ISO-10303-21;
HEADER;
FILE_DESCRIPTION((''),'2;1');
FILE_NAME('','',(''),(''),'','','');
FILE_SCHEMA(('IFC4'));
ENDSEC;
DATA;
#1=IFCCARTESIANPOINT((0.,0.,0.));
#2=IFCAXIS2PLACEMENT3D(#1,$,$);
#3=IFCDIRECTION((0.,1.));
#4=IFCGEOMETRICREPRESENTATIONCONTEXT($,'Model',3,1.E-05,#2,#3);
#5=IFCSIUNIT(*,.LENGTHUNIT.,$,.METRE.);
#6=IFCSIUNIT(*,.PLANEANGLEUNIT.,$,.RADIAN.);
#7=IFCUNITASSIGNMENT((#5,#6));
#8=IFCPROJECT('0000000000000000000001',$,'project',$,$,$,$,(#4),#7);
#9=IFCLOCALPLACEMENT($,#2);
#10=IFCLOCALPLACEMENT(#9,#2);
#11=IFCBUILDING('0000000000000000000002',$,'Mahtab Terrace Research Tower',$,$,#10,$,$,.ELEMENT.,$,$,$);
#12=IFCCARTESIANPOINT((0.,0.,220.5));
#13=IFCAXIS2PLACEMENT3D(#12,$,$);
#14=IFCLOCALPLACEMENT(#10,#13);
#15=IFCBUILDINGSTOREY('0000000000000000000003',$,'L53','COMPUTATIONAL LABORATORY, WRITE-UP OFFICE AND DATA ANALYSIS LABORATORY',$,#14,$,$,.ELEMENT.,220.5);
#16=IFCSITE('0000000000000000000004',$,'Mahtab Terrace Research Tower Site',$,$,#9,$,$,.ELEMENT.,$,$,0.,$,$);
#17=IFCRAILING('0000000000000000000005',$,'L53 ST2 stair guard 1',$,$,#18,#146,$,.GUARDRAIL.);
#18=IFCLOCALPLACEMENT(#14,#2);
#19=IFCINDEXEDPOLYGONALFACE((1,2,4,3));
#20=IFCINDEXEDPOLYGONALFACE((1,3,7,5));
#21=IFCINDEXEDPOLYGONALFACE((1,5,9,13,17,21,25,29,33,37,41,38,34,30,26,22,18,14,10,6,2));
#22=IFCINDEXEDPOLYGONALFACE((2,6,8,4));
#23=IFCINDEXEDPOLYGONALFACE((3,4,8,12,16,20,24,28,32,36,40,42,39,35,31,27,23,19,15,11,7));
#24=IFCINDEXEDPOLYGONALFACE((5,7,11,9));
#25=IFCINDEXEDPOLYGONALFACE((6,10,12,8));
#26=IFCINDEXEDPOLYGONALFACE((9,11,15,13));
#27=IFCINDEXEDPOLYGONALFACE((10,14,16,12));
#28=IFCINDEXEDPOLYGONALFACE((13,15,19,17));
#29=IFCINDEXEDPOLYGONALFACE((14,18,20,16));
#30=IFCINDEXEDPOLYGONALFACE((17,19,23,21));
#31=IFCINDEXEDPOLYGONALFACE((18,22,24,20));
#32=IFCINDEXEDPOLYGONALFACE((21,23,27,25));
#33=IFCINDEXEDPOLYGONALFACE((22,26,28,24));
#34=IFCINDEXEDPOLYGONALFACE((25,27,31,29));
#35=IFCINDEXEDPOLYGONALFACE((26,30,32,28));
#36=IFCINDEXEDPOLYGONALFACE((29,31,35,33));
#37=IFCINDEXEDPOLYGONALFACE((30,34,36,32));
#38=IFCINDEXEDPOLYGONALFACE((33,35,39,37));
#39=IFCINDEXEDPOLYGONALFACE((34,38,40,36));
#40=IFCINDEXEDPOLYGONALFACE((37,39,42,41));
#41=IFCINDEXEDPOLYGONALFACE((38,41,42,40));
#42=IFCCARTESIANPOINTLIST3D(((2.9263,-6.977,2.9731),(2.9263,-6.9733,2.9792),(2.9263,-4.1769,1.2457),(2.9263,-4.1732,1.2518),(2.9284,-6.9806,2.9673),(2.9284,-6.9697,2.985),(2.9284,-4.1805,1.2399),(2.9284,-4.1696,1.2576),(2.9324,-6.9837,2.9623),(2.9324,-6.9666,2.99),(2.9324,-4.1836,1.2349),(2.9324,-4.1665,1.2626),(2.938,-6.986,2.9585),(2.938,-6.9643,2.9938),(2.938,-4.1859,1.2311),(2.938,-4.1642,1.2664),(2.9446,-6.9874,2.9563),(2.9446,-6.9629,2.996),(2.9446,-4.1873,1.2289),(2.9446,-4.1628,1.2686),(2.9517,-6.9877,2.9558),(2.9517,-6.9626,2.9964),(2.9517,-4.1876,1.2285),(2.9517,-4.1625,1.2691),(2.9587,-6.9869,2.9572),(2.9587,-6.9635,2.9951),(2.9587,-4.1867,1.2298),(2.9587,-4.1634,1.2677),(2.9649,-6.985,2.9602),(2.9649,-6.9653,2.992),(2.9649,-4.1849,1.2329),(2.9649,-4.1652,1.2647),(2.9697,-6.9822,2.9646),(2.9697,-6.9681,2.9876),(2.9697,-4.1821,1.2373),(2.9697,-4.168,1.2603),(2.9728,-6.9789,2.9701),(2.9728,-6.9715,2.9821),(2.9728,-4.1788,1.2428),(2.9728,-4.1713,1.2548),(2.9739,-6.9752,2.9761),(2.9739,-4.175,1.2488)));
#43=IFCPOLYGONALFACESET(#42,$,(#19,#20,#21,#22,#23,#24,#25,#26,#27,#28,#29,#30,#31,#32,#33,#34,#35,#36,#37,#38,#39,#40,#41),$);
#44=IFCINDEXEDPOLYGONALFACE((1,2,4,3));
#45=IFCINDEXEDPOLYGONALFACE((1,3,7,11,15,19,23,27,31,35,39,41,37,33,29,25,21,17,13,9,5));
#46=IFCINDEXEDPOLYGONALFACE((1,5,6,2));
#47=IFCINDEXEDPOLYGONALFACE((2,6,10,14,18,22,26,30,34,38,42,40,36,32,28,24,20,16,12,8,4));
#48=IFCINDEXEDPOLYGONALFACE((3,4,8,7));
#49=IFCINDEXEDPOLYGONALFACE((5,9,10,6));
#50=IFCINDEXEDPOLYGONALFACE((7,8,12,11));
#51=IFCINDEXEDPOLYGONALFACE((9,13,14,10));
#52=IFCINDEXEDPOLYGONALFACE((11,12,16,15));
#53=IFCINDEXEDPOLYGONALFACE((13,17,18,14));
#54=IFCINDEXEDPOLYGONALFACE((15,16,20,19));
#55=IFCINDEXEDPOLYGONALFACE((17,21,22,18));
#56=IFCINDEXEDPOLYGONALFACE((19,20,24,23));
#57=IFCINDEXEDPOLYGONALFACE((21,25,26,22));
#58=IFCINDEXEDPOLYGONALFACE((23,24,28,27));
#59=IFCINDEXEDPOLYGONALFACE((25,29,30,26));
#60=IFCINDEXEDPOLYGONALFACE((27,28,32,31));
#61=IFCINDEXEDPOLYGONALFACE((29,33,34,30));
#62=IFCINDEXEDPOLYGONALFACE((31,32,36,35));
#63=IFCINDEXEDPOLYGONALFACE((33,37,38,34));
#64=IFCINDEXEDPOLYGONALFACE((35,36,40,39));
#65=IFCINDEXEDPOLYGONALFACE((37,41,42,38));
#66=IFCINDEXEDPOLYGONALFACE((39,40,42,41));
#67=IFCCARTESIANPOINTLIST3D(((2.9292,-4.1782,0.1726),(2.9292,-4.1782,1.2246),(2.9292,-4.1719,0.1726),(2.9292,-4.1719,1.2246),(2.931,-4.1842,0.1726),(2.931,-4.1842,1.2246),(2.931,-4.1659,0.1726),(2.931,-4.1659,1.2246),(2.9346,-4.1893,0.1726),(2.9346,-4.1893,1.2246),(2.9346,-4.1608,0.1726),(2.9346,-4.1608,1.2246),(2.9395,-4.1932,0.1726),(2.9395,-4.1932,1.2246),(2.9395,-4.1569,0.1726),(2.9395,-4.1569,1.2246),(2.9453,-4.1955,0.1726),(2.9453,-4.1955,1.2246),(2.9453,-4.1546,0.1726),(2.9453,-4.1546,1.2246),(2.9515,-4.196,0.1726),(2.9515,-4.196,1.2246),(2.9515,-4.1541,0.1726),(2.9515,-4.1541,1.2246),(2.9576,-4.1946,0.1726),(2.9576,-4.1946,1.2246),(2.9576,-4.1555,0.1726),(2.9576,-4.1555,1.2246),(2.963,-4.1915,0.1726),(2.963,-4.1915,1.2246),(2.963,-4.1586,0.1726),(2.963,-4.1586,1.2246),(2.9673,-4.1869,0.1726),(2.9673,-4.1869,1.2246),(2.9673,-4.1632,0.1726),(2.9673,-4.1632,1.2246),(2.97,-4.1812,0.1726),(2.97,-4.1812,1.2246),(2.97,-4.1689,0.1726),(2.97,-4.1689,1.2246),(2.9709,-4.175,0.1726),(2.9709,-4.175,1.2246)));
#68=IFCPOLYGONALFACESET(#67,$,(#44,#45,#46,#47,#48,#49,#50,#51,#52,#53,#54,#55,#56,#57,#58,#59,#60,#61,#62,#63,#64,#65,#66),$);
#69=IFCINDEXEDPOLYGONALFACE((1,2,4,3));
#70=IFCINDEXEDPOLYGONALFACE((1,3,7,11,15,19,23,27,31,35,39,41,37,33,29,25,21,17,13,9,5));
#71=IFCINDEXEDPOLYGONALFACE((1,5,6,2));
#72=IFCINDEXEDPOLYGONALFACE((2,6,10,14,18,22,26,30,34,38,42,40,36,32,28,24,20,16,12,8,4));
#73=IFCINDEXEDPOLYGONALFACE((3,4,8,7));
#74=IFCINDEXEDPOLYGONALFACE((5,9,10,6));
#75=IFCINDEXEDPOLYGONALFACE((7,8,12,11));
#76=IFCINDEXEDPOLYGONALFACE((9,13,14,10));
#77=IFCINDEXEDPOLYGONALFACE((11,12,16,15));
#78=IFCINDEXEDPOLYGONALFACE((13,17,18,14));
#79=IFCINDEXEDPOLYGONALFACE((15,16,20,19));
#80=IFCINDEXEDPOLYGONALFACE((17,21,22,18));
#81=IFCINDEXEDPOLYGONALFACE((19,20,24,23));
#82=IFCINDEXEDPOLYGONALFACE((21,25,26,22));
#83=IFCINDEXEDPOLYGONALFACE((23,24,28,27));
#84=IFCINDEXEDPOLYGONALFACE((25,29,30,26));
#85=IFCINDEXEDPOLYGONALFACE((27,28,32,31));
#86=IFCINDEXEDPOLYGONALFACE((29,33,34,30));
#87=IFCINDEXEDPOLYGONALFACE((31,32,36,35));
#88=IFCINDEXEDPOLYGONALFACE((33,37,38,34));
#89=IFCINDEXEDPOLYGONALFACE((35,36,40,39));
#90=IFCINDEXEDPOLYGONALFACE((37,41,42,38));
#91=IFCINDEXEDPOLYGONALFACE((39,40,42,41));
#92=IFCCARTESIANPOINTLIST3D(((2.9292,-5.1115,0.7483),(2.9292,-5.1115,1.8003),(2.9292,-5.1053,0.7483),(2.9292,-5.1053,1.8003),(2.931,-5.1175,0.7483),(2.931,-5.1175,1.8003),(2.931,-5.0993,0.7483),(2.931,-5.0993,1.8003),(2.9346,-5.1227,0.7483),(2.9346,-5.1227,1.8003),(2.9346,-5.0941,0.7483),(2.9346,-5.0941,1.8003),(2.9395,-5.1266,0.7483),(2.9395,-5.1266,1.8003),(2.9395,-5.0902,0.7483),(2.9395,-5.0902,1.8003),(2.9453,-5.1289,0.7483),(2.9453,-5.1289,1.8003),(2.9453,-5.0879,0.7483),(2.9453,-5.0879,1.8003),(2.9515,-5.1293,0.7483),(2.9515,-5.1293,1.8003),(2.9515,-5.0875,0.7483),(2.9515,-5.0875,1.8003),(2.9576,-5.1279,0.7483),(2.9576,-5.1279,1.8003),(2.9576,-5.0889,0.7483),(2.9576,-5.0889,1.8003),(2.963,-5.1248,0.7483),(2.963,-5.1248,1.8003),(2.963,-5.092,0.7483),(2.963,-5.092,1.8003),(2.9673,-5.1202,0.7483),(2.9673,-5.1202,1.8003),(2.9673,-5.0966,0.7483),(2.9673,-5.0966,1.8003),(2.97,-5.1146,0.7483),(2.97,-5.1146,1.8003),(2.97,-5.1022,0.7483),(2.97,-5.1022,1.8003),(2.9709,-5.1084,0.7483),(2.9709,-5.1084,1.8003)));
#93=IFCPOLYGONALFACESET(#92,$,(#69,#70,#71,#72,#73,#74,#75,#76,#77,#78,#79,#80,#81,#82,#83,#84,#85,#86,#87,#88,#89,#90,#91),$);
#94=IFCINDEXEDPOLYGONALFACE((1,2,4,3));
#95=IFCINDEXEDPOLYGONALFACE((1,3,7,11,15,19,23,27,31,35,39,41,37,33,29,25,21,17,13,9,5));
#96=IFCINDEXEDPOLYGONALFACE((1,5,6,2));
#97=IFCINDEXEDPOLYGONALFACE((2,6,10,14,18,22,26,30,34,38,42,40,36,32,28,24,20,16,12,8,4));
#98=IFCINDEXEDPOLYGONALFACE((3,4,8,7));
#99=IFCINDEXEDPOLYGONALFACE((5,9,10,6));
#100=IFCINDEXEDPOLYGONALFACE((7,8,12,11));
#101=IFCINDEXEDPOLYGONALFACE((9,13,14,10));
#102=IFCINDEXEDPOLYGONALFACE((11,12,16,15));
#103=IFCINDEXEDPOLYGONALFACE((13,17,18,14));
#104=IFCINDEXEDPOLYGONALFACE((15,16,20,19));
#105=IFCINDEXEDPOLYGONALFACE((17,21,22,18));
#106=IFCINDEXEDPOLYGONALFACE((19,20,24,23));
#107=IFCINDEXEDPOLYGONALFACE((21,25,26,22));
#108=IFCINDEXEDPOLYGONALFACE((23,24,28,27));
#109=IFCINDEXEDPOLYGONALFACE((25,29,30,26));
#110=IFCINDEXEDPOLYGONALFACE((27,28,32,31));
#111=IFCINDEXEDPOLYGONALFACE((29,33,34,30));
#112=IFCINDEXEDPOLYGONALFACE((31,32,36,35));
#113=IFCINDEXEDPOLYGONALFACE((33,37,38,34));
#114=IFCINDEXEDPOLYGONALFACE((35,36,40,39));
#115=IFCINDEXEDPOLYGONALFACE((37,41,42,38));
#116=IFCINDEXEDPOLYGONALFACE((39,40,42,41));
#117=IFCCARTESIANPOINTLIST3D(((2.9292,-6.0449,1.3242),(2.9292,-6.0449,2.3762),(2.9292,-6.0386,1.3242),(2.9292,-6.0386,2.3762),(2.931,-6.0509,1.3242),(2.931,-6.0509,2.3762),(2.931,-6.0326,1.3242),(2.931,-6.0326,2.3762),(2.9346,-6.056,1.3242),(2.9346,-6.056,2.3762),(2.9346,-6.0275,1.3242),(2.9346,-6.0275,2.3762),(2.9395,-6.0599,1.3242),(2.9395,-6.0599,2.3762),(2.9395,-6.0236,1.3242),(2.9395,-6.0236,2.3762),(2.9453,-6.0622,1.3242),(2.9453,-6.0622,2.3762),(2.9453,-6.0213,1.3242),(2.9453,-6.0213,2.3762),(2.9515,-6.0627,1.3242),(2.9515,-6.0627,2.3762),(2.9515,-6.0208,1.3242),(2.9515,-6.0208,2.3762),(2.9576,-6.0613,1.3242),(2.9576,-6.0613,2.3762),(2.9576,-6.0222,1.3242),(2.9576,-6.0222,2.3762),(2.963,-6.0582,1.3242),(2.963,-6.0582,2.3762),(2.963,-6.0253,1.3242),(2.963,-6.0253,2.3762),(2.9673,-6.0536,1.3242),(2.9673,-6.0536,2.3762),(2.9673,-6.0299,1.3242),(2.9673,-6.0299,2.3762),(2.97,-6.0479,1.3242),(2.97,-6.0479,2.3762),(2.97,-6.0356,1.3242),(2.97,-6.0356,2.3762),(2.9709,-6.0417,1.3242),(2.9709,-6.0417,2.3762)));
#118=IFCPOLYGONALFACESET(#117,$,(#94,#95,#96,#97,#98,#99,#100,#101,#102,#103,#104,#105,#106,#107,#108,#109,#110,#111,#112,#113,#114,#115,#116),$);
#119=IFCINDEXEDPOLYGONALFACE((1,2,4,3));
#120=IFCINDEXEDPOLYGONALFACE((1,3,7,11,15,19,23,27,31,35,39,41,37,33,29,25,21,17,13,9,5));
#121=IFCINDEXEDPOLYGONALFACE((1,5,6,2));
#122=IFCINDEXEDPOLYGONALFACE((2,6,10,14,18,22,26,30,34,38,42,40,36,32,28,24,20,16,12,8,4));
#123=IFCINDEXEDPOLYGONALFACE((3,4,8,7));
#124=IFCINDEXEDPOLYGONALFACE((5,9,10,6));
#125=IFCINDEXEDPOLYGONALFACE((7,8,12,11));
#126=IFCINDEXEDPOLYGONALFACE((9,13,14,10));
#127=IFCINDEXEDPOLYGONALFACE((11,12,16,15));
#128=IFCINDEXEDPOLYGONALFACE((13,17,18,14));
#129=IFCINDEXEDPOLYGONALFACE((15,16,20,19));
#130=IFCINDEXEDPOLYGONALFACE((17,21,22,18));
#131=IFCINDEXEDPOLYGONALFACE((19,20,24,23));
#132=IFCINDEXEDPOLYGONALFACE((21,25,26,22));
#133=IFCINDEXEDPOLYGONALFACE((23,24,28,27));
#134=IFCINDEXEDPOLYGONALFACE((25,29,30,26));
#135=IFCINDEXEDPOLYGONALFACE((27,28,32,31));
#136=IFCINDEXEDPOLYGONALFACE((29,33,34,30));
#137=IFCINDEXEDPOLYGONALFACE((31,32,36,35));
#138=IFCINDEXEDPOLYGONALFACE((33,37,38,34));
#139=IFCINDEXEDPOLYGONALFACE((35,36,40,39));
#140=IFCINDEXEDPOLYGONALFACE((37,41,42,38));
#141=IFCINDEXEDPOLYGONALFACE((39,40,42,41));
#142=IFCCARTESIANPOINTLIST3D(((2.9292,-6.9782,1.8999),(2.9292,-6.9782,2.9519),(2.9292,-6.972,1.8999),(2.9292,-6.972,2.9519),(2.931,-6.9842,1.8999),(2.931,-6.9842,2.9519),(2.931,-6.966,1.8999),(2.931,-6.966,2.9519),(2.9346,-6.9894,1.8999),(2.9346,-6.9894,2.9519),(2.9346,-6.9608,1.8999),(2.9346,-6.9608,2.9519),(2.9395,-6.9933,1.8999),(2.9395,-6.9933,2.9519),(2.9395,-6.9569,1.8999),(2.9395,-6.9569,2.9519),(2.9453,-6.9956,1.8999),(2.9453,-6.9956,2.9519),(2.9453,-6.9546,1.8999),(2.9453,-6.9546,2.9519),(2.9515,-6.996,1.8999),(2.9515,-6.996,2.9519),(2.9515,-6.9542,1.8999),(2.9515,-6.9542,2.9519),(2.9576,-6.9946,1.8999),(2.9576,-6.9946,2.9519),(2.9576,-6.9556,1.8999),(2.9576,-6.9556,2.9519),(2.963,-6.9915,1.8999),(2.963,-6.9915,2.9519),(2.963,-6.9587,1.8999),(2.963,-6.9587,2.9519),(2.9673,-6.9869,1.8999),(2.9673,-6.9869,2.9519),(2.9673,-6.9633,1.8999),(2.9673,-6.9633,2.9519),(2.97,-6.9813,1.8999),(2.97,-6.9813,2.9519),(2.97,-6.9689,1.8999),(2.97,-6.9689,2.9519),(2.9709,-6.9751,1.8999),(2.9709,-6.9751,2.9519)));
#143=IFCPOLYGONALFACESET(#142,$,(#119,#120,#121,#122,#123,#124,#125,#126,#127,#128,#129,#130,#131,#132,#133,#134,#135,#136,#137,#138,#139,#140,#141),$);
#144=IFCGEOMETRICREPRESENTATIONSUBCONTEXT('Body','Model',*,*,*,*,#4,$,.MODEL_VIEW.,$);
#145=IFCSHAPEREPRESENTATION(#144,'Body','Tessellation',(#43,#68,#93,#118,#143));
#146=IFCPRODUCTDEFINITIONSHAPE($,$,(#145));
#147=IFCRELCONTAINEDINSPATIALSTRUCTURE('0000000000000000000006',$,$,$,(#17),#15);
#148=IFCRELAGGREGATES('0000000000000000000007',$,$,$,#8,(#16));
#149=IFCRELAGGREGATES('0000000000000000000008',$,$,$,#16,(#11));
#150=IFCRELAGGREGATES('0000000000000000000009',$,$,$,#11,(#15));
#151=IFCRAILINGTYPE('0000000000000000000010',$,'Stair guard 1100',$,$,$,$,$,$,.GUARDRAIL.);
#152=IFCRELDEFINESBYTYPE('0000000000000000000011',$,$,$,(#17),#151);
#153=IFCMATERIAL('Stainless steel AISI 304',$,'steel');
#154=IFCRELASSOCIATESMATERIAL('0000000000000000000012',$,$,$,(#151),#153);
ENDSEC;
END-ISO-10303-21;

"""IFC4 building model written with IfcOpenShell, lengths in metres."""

from ifc_helpers import new_model, si_unit, direction, frame, origin, origin_2d, place, context, subcontext, project, spatial, circle, extrude, material, type_object, element, save


model = new_model("IFC4")

# Units and contexts
model_context = context("Model", 3, precision=1e-05, world=origin(), true_north=direction((0.0, 1.0)))
body_context = subcontext(model_context, "Body", "Model", "MODEL_VIEW")
ifc_project = project(units=[si_unit("LENGTHUNIT", "METRE"), si_unit("PLANEANGLEUNIT", "RADIAN")], contexts=[model_context])

# Site, building, storey
site_placement = place(None, origin())
site = spatial("IfcSite", under=ifc_project, at=site_placement, Name="Mahtab Terrace Research Tower Site", CompositionType="ELEMENT", RefElevation=0.0)
building_placement = place(site_placement, origin())
building = spatial("IfcBuilding", under=site, at=building_placement, Name="Mahtab Terrace Research Tower", CompositionType="ELEMENT")
storey_placement = place(building_placement, frame((0.0, 0.0, 220.5)))
storey = spatial("IfcBuildingStorey", under=building, at=storey_placement, Name="L53", Description="COMPUTATIONAL LABORATORY, WRITE-UP OFFICE AND DATA ANALYSIS LABORATORY", CompositionType="ELEMENT", Elevation=220.5)

# Railing
ifc_material_1 = material(Name="Stainless steel AISI 304", Category="steel")
railing_type_1 = type_object("IfcRailingType", Name="Stair guard 1100", PredefinedType="GUARDRAIL", material=ifc_material_1)
railing_1_placement = place(storey_placement, frame((2.95, -4.175, 0.1726)))
element("IfcRailing", 1, at=railing_1_placement, inside=storey, type_object=railing_type_1, Name="L53 ST2 stair guard 1", PredefinedType="GUARDRAIL", context=body_context, shape_type="SweptSolid", body=[
    extrude(circle(Radius=0.0239, at=origin_2d()), frame((0.0, 0.0, 1.0762), z_axis=(0.0, -0.85109, 0.52502), x_axis=(1.0, 0.0, 0.0)), (0.0, 0.0, 1.0), 3.29),
    extrude(circle(Radius=0.021, at=origin_2d()), origin(), (0.0, 0.0, 1.0), 1.052),
    extrude(circle(Radius=0.021, at=origin_2d()), frame((0.0, -0.9333, 0.5757)), (0.0, 0.0, 1.0), 1.052),
    extrude(circle(Radius=0.021, at=origin_2d()), frame((0.0, -1.8667, 1.1516)), (0.0, 0.0, 1.0), 1.052),
    extrude(circle(Radius=0.021, at=origin_2d()), frame((0.0, -2.8, 1.7273)), (0.0, 0.0, 1.0), 1.052),
])

save(model, "model.ifc")
